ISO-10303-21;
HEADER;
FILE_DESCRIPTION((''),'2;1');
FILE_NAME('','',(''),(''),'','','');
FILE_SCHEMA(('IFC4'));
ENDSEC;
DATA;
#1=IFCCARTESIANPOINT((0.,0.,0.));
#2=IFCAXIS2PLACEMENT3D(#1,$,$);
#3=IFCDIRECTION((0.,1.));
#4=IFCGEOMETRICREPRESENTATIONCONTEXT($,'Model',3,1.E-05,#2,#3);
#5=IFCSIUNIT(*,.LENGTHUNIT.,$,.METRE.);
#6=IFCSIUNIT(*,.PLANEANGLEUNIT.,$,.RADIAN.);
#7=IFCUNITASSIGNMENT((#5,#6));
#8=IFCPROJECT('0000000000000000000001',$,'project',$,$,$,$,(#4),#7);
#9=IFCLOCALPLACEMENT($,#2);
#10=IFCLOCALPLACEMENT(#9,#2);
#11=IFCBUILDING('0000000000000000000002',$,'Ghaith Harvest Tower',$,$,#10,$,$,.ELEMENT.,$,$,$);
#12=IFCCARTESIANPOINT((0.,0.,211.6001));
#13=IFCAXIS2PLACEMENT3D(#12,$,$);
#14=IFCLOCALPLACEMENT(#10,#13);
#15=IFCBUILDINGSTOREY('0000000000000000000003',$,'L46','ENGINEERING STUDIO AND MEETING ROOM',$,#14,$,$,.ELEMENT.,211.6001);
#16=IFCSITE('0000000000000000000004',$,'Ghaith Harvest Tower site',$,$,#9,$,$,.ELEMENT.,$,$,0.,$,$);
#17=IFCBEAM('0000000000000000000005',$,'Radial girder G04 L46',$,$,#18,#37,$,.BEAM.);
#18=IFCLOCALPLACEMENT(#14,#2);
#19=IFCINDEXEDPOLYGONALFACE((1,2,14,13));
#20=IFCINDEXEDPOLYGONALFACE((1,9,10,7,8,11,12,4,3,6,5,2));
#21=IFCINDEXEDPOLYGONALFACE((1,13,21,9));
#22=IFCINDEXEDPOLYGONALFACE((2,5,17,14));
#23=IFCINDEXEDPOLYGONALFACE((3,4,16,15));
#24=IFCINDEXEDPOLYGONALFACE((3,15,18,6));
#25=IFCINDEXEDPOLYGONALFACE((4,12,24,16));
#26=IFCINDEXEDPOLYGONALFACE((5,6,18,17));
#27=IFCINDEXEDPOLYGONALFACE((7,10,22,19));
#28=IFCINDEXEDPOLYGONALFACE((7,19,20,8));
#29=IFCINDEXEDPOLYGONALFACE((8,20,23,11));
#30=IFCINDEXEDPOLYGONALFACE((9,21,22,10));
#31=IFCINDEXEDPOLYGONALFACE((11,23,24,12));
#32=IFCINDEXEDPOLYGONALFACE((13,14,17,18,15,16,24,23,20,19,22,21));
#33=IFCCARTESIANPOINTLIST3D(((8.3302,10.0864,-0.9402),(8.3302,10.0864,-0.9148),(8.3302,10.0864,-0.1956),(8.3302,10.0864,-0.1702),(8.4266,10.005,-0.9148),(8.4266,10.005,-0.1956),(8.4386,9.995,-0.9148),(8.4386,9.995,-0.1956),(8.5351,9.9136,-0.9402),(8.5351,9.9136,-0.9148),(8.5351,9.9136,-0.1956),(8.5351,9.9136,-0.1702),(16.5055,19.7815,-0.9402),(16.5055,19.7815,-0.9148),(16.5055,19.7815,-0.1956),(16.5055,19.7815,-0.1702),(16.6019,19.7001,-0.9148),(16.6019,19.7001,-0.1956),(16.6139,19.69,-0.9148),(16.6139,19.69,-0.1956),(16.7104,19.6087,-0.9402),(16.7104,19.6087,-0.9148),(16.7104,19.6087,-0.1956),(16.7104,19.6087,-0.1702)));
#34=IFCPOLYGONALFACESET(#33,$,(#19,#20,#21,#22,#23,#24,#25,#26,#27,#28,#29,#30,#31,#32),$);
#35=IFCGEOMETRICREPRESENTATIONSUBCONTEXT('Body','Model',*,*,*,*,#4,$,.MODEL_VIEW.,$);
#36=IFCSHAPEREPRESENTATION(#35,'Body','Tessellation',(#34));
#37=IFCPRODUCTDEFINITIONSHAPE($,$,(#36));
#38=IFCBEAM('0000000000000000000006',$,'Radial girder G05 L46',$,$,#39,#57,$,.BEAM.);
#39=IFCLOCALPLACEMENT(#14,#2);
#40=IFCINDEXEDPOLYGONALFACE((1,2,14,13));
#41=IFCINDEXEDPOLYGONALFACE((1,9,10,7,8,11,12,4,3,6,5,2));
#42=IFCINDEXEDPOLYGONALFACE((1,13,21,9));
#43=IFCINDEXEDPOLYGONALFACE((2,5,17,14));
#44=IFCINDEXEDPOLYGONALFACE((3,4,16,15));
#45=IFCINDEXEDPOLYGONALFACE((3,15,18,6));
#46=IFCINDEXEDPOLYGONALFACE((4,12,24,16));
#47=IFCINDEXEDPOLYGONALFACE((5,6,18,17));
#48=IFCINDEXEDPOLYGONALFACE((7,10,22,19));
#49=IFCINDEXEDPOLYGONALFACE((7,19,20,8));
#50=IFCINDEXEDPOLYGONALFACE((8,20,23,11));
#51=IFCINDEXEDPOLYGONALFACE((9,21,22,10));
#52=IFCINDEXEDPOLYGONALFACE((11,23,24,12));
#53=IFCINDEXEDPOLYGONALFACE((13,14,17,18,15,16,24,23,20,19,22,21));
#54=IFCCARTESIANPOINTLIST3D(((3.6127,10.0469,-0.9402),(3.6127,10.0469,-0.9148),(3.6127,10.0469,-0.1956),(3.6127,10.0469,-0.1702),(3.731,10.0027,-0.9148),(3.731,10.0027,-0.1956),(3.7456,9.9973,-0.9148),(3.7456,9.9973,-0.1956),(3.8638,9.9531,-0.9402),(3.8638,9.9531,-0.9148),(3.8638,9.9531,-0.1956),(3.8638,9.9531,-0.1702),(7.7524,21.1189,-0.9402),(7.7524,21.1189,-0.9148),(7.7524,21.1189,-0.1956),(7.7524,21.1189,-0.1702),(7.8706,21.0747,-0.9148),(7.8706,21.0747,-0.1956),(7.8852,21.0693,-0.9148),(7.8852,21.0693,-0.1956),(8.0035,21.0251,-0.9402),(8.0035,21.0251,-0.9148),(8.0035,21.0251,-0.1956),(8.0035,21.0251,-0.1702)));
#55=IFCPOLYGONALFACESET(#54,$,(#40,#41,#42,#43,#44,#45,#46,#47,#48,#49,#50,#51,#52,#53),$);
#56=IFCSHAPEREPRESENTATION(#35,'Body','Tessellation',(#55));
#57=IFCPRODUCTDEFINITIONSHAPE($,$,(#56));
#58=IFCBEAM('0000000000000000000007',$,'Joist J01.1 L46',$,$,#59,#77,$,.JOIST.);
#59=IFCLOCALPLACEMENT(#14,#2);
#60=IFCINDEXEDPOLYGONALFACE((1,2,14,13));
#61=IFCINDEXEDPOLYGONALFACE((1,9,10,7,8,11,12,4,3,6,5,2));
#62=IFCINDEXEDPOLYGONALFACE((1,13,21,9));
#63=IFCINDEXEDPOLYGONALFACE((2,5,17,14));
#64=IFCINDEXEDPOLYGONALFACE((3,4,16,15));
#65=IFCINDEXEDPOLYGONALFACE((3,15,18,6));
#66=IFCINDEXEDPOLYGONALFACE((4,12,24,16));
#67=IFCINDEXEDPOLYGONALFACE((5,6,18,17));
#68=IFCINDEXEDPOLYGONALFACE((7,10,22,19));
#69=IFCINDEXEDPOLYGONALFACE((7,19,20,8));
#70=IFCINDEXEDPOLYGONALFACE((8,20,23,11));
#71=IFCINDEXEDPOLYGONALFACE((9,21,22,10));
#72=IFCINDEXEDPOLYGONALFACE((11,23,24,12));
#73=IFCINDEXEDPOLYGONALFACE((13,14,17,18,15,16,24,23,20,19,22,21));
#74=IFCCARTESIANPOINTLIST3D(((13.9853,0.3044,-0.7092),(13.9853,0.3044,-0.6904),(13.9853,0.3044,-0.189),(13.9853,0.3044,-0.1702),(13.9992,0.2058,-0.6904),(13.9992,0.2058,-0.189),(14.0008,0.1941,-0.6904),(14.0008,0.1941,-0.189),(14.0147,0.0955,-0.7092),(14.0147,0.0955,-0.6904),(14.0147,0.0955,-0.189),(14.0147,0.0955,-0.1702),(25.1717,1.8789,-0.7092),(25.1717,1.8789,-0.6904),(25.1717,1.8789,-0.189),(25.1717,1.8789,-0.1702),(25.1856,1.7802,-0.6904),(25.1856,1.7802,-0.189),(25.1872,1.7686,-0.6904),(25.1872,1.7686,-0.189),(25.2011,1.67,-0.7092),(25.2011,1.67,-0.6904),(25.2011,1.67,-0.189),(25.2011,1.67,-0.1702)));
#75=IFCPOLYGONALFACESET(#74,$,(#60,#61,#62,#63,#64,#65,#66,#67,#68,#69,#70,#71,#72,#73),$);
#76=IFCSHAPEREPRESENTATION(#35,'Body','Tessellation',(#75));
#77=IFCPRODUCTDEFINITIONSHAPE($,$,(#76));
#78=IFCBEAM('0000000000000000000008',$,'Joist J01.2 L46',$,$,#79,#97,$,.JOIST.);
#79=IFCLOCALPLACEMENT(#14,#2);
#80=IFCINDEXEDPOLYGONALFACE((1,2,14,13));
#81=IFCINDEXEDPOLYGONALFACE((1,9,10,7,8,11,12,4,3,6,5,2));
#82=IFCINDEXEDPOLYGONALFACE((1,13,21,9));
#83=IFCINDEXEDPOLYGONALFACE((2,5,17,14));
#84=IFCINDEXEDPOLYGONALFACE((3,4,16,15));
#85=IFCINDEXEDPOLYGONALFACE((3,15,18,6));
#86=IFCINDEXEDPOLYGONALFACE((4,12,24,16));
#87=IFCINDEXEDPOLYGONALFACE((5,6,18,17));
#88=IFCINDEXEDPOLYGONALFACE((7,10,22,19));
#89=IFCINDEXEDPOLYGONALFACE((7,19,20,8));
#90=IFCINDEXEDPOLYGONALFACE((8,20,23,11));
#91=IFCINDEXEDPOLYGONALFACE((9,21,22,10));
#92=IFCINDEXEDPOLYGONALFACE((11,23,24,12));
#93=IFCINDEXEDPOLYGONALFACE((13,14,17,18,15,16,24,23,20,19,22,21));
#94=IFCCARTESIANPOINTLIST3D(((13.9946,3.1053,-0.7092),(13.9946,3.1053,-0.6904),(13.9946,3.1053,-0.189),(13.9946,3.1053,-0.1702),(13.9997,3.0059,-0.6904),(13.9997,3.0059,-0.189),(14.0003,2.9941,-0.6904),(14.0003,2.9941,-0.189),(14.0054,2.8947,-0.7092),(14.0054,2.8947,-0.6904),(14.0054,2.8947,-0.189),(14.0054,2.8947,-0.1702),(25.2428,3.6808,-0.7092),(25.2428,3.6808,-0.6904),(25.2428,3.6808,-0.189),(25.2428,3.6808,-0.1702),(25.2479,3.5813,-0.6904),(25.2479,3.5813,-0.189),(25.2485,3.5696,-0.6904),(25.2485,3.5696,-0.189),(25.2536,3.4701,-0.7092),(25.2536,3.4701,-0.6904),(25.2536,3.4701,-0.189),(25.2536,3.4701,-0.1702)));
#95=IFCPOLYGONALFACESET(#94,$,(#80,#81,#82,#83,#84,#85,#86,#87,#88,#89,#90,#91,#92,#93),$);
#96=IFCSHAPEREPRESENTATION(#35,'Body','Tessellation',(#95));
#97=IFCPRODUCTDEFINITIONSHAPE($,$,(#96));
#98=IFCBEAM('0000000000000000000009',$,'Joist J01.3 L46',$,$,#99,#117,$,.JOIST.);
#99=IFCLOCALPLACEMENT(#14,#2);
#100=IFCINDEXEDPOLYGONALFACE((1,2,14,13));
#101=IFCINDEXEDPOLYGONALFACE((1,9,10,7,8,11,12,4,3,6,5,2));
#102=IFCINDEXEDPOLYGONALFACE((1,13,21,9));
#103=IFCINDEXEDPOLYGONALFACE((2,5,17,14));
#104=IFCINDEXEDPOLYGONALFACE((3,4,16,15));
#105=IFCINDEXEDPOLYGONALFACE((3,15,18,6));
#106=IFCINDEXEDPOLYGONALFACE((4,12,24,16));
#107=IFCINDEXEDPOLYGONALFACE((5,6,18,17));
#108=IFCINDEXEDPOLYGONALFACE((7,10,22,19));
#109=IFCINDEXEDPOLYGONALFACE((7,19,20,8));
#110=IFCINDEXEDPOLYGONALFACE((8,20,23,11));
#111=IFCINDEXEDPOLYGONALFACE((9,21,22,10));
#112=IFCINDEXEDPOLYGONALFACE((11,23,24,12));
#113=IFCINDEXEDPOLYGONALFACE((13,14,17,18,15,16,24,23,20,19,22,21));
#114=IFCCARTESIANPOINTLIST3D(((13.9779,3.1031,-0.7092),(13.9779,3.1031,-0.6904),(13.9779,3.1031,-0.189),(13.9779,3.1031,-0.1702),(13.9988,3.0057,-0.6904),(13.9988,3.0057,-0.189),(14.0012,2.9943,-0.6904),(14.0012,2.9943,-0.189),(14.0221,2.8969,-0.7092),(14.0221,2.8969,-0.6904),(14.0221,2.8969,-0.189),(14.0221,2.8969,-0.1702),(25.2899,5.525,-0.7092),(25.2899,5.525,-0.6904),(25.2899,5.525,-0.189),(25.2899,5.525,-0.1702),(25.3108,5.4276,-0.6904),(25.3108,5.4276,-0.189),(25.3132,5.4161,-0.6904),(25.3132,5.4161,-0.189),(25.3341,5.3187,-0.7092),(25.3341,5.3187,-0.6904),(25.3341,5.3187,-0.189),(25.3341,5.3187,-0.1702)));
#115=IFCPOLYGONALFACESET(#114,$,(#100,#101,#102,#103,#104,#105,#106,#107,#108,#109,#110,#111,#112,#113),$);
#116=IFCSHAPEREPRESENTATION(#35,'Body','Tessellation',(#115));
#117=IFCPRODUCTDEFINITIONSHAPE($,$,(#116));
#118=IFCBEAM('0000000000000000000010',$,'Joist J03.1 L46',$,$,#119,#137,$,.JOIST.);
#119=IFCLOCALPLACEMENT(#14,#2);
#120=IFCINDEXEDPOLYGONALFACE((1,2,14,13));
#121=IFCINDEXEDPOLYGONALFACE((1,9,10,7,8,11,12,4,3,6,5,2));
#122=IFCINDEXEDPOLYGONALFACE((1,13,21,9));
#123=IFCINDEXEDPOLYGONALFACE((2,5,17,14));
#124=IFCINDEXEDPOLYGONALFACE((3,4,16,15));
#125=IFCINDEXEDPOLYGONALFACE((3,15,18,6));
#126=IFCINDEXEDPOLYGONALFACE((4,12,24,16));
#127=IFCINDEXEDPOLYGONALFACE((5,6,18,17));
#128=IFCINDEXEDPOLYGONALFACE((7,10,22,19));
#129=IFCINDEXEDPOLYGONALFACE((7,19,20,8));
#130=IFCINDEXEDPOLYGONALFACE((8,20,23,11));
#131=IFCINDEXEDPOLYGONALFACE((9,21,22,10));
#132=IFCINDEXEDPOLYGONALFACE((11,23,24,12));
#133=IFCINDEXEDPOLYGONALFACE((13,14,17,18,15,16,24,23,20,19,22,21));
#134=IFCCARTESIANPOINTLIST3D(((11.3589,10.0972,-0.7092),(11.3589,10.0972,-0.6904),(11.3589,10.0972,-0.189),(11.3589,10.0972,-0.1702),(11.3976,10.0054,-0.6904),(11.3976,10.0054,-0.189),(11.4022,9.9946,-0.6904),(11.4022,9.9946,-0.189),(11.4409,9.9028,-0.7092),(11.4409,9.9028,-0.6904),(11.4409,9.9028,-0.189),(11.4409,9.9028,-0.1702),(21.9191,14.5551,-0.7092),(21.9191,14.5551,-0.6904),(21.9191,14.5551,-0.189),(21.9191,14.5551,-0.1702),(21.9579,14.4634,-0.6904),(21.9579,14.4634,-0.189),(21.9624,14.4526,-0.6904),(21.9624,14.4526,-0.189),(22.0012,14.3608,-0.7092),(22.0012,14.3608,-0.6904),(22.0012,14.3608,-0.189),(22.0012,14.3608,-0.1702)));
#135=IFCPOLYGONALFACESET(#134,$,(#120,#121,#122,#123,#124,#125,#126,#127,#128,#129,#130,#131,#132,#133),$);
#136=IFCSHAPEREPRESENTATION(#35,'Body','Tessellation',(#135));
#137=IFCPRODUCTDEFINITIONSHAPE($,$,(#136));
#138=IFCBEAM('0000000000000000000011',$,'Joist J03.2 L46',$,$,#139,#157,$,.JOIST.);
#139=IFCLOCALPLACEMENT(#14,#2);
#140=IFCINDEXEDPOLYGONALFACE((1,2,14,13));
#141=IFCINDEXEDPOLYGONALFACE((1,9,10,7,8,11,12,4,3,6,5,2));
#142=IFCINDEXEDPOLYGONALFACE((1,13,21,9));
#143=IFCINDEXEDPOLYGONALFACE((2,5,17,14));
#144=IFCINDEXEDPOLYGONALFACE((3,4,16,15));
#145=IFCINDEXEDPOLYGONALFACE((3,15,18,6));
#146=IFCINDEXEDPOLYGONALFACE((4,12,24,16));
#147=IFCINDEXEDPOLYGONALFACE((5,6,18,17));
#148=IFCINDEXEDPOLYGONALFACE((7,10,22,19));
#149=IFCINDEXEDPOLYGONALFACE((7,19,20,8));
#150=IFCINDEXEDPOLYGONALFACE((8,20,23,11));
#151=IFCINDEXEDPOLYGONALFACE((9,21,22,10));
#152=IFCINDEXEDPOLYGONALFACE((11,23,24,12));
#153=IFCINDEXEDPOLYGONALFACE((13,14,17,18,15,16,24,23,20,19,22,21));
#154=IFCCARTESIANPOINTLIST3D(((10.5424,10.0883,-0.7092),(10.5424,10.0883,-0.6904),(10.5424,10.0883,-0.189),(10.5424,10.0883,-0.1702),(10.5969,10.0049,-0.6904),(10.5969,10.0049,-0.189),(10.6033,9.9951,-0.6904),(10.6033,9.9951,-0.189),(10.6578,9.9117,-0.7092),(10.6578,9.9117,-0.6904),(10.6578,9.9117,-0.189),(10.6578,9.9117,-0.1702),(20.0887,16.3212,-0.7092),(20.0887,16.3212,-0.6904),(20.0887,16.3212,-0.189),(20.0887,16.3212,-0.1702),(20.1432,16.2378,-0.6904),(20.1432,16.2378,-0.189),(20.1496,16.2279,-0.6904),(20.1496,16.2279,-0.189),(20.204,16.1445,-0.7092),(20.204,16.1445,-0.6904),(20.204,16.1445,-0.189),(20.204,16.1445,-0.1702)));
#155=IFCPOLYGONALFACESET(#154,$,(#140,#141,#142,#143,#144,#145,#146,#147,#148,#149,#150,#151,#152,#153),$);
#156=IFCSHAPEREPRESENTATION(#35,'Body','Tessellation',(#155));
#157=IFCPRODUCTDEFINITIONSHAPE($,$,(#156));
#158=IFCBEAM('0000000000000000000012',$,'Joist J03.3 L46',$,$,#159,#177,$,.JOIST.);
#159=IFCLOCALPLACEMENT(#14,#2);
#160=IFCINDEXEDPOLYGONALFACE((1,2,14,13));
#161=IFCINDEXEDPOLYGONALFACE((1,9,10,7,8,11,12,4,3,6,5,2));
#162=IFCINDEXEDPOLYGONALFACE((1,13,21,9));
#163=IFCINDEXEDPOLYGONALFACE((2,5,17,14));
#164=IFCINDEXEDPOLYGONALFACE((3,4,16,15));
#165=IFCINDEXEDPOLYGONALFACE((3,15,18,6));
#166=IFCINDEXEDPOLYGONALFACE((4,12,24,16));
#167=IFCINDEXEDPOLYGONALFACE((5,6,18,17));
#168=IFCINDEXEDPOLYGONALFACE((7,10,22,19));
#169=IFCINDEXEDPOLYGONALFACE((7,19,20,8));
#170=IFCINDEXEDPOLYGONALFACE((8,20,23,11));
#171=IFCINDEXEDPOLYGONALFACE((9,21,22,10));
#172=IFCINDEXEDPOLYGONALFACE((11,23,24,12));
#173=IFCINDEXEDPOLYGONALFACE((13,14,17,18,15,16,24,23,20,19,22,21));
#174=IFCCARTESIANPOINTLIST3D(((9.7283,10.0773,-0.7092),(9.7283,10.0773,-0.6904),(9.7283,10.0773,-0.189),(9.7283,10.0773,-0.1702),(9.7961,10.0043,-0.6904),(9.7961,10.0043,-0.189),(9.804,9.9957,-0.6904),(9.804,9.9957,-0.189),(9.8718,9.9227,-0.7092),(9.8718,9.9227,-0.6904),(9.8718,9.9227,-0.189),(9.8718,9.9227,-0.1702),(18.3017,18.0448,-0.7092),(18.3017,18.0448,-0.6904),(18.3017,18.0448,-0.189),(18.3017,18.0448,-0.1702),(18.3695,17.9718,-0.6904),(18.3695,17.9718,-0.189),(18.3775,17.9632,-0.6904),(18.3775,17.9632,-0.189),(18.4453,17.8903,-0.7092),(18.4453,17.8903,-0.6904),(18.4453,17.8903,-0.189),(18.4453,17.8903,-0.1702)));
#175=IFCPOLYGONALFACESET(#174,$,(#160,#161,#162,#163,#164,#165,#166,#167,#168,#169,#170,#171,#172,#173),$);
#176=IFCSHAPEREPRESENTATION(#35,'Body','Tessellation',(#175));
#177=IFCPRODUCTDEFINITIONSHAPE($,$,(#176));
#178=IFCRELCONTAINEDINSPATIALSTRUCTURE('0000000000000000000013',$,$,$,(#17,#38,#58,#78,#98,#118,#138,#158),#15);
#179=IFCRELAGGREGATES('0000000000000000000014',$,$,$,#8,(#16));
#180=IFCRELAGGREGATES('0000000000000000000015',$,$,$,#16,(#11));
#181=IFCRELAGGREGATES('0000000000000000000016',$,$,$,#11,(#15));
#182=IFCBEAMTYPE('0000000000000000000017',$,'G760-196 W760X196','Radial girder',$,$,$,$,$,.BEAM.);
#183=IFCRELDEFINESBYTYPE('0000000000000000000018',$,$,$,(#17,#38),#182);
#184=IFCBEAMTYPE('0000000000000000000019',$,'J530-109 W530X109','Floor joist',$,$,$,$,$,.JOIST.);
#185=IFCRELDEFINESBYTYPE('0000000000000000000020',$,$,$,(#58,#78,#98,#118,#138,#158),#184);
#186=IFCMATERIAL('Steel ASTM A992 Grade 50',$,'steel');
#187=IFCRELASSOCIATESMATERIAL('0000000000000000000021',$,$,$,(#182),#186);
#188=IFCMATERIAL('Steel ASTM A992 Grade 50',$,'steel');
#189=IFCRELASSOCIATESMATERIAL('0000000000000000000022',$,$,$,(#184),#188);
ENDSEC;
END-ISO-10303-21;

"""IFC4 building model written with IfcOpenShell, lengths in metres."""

from ifc_helpers import new_model, si_unit, direction, frame, origin, origin_2d, place, context, subcontext, project, spatial, i_section, extrude, material, material_profile, profile_set, type_object, element, save


model = new_model("IFC4")

# Units and contexts
model_context = context("Model", 3, precision=1e-05, world=origin(), true_north=direction((0.0, 1.0)))
body_context = subcontext(model_context, "Body", "Model", "MODEL_VIEW")
ifc_project = project(units=[si_unit("LENGTHUNIT", "METRE"), si_unit("PLANEANGLEUNIT", "RADIAN")], contexts=[model_context])

# Site, building, storey
site_placement = place(None, origin())
site = spatial("IfcSite", under=ifc_project, at=site_placement, Name="Ghaith Harvest Tower site", CompositionType="ELEMENT", RefElevation=0.0)
building_placement = place(site_placement, origin())
building = spatial("IfcBuilding", under=site, at=building_placement, Name="Ghaith Harvest Tower", CompositionType="ELEMENT")
storey_placement = place(building_placement, frame((0.0, 0.0, 211.6001)))
storey = spatial("IfcBuildingStorey", under=building, at=storey_placement, Name="L46", Description="ENGINEERING STUDIO AND MEETING ROOM", CompositionType="ELEMENT", Elevation=211.6001)

# Beams
ifc_material_1 = material(Name="Steel ASTM A992 Grade 50", Category="steel")
ifc_material_profile_1 = material_profile(ifc_material_1, i_section(OverallWidth=0.2681, OverallDepth=0.77, WebThickness=0.0156, FlangeThickness=0.0254, at=origin_2d()), Name="W760X196")
ifc_profile_set_1 = profile_set([ifc_material_profile_1], Name="Steel ASTM A992 Grade 50")
beam_type_1 = type_object("IfcBeamType", Name="G760-196 W760X196", Description="Radial girder", PredefinedType="BEAM", material=ifc_profile_set_1)
beam_1_placement = place(storey_placement, frame((8.4326, 10.0, -0.5552), z_axis=(0.644644, 0.764483, 0.0), x_axis=(-0.764483, 0.644644, 0.0)))
element("IfcBeam", 1, at=beam_1_placement, inside=storey, type_object=beam_type_1, Name="Radial girder G04 L46", PredefinedType="BEAM", context=body_context, shape_type="SweptSolid", body=[
    extrude(i_section(OverallWidth=0.2681, OverallDepth=0.77, WebThickness=0.0156, FlangeThickness=0.0254, at=origin_2d()), origin(), (0.0, 0.0, 1.0), 12.6819),
])
beam_2_placement = place(storey_placement, frame((3.7383, 10.0, -0.5552), z_axis=(0.350207, 0.936672, 0.0), x_axis=(-0.936672, 0.350207, 0.0)))
element("IfcBeam", 2, at=beam_2_placement, inside=storey, type_object=beam_type_1, Name="Radial girder G05 L46", PredefinedType="BEAM", context=body_context, shape_type="SweptSolid", body=[
    extrude(i_section(OverallWidth=0.2681, OverallDepth=0.77, WebThickness=0.0156, FlangeThickness=0.0254, at=origin_2d()), origin(), (0.0, 0.0, 1.0), 11.8206),
])
ifc_material_2 = material(Name="Steel ASTM A992 Grade 50", Category="steel")
ifc_material_profile_2 = material_profile(ifc_material_2, i_section(OverallWidth=0.2109, OverallDepth=0.5391, WebThickness=0.0117, FlangeThickness=0.0188, at=origin_2d()), Name="W530X109")
ifc_profile_set_2 = profile_set([ifc_material_profile_2], Name="Steel ASTM A992 Grade 50")
beam_type_2 = type_object("IfcBeamType", Name="J530-109 W530X109", Description="Floor joist", PredefinedType="JOIST", material=ifc_profile_set_2)
beam_3_placement = place(storey_placement, frame((14.0, 0.2, -0.4397), z_axis=(0.99024, 0.139376, 0.0), x_axis=(-0.139376, 0.99024, 0.0)))
element("IfcBeam", 3, at=beam_3_placement, inside=storey, type_object=beam_type_2, Name="Joist J01.1 L46", PredefinedType="JOIST", context=body_context, shape_type="SweptSolid", body=[
    extrude(i_section(OverallWidth=0.2109, OverallDepth=0.5391, WebThickness=0.0117, FlangeThickness=0.0188, at=origin_2d()), origin(), (0.0, 0.0, 1.0), 11.2966),
])
beam_4_placement = place(storey_placement, frame((14.0, 3.0, -0.4397), z_axis=(0.998694, 0.051091, 0.0), x_axis=(-0.051091, 0.998694, 0.0)))
element("IfcBeam", 4, at=beam_4_placement, inside=storey, type_object=beam_type_2, Name="Joist J01.2 L46", PredefinedType="JOIST", context=body_context, shape_type="SweptSolid", body=[
    extrude(i_section(OverallWidth=0.2109, OverallDepth=0.5391, WebThickness=0.0117, FlangeThickness=0.0188, at=origin_2d()), origin(), (0.0, 0.0, 1.0), 11.2629),
])
beam_5_placement = place(storey_placement, frame((14.0, 3.0, -0.4397), z_axis=(0.97784, 0.209353, 0.0), x_axis=(-0.209353, 0.97784, 0.0)))
element("IfcBeam", 5, at=beam_5_placement, inside=storey, type_object=beam_type_2, Name="Joist J01.3 L46", PredefinedType="JOIST", context=body_context, shape_type="SweptSolid", body=[
    extrude(i_section(OverallWidth=0.2109, OverallDepth=0.5391, WebThickness=0.0117, FlangeThickness=0.0188, at=origin_2d()), origin(), (0.0, 0.0, 1.0), 11.5684),
])
beam_6_placement = place(storey_placement, frame((11.3999, 10.0, -0.4397), z_axis=(0.921274, 0.388914, 0.0), x_axis=(-0.388914, 0.921274, 0.0)))
element("IfcBeam", 6, at=beam_6_placement, inside=storey, type_object=beam_type_2, Name="Joist J03.1 L46", PredefinedType="JOIST", context=body_context, shape_type="SweptSolid", body=[
    extrude(i_section(OverallWidth=0.2109, OverallDepth=0.5391, WebThickness=0.0117, FlangeThickness=0.0188, at=origin_2d()), origin(), (0.0, 0.0, 1.0), 11.4626),
])
beam_7_placement = place(storey_placement, frame((10.6001, 10.0, -0.4397), z_axis=(0.837329, 0.546699, 0.0), x_axis=(-0.546699, 0.837329, 0.0)))
element("IfcBeam", 7, at=beam_7_placement, inside=storey, type_object=beam_type_2, Name="Joist J03.2 L46", PredefinedType="JOIST", context=body_context, shape_type="SweptSolid", body=[
    extrude(i_section(OverallWidth=0.2109, OverallDepth=0.5391, WebThickness=0.0117, FlangeThickness=0.0188, at=origin_2d()), origin(), (0.0, 0.0, 1.0), 11.4009),
])
beam_8_placement = place(storey_placement, frame((9.8, 10.0, -0.4397), z_axis=(0.732519, 0.680746, 0.0), x_axis=(-0.680746, 0.732519, 0.0)))
element("IfcBeam", 8, at=beam_8_placement, inside=storey, type_object=beam_type_2, Name="Joist J03.3 L46", PredefinedType="JOIST", context=body_context, shape_type="SweptSolid", body=[
    extrude(i_section(OverallWidth=0.2109, OverallDepth=0.5391, WebThickness=0.0117, FlangeThickness=0.0188, at=origin_2d()), origin(), (0.0, 0.0, 1.0), 11.7041),
])

save(model, "model.ifc")
